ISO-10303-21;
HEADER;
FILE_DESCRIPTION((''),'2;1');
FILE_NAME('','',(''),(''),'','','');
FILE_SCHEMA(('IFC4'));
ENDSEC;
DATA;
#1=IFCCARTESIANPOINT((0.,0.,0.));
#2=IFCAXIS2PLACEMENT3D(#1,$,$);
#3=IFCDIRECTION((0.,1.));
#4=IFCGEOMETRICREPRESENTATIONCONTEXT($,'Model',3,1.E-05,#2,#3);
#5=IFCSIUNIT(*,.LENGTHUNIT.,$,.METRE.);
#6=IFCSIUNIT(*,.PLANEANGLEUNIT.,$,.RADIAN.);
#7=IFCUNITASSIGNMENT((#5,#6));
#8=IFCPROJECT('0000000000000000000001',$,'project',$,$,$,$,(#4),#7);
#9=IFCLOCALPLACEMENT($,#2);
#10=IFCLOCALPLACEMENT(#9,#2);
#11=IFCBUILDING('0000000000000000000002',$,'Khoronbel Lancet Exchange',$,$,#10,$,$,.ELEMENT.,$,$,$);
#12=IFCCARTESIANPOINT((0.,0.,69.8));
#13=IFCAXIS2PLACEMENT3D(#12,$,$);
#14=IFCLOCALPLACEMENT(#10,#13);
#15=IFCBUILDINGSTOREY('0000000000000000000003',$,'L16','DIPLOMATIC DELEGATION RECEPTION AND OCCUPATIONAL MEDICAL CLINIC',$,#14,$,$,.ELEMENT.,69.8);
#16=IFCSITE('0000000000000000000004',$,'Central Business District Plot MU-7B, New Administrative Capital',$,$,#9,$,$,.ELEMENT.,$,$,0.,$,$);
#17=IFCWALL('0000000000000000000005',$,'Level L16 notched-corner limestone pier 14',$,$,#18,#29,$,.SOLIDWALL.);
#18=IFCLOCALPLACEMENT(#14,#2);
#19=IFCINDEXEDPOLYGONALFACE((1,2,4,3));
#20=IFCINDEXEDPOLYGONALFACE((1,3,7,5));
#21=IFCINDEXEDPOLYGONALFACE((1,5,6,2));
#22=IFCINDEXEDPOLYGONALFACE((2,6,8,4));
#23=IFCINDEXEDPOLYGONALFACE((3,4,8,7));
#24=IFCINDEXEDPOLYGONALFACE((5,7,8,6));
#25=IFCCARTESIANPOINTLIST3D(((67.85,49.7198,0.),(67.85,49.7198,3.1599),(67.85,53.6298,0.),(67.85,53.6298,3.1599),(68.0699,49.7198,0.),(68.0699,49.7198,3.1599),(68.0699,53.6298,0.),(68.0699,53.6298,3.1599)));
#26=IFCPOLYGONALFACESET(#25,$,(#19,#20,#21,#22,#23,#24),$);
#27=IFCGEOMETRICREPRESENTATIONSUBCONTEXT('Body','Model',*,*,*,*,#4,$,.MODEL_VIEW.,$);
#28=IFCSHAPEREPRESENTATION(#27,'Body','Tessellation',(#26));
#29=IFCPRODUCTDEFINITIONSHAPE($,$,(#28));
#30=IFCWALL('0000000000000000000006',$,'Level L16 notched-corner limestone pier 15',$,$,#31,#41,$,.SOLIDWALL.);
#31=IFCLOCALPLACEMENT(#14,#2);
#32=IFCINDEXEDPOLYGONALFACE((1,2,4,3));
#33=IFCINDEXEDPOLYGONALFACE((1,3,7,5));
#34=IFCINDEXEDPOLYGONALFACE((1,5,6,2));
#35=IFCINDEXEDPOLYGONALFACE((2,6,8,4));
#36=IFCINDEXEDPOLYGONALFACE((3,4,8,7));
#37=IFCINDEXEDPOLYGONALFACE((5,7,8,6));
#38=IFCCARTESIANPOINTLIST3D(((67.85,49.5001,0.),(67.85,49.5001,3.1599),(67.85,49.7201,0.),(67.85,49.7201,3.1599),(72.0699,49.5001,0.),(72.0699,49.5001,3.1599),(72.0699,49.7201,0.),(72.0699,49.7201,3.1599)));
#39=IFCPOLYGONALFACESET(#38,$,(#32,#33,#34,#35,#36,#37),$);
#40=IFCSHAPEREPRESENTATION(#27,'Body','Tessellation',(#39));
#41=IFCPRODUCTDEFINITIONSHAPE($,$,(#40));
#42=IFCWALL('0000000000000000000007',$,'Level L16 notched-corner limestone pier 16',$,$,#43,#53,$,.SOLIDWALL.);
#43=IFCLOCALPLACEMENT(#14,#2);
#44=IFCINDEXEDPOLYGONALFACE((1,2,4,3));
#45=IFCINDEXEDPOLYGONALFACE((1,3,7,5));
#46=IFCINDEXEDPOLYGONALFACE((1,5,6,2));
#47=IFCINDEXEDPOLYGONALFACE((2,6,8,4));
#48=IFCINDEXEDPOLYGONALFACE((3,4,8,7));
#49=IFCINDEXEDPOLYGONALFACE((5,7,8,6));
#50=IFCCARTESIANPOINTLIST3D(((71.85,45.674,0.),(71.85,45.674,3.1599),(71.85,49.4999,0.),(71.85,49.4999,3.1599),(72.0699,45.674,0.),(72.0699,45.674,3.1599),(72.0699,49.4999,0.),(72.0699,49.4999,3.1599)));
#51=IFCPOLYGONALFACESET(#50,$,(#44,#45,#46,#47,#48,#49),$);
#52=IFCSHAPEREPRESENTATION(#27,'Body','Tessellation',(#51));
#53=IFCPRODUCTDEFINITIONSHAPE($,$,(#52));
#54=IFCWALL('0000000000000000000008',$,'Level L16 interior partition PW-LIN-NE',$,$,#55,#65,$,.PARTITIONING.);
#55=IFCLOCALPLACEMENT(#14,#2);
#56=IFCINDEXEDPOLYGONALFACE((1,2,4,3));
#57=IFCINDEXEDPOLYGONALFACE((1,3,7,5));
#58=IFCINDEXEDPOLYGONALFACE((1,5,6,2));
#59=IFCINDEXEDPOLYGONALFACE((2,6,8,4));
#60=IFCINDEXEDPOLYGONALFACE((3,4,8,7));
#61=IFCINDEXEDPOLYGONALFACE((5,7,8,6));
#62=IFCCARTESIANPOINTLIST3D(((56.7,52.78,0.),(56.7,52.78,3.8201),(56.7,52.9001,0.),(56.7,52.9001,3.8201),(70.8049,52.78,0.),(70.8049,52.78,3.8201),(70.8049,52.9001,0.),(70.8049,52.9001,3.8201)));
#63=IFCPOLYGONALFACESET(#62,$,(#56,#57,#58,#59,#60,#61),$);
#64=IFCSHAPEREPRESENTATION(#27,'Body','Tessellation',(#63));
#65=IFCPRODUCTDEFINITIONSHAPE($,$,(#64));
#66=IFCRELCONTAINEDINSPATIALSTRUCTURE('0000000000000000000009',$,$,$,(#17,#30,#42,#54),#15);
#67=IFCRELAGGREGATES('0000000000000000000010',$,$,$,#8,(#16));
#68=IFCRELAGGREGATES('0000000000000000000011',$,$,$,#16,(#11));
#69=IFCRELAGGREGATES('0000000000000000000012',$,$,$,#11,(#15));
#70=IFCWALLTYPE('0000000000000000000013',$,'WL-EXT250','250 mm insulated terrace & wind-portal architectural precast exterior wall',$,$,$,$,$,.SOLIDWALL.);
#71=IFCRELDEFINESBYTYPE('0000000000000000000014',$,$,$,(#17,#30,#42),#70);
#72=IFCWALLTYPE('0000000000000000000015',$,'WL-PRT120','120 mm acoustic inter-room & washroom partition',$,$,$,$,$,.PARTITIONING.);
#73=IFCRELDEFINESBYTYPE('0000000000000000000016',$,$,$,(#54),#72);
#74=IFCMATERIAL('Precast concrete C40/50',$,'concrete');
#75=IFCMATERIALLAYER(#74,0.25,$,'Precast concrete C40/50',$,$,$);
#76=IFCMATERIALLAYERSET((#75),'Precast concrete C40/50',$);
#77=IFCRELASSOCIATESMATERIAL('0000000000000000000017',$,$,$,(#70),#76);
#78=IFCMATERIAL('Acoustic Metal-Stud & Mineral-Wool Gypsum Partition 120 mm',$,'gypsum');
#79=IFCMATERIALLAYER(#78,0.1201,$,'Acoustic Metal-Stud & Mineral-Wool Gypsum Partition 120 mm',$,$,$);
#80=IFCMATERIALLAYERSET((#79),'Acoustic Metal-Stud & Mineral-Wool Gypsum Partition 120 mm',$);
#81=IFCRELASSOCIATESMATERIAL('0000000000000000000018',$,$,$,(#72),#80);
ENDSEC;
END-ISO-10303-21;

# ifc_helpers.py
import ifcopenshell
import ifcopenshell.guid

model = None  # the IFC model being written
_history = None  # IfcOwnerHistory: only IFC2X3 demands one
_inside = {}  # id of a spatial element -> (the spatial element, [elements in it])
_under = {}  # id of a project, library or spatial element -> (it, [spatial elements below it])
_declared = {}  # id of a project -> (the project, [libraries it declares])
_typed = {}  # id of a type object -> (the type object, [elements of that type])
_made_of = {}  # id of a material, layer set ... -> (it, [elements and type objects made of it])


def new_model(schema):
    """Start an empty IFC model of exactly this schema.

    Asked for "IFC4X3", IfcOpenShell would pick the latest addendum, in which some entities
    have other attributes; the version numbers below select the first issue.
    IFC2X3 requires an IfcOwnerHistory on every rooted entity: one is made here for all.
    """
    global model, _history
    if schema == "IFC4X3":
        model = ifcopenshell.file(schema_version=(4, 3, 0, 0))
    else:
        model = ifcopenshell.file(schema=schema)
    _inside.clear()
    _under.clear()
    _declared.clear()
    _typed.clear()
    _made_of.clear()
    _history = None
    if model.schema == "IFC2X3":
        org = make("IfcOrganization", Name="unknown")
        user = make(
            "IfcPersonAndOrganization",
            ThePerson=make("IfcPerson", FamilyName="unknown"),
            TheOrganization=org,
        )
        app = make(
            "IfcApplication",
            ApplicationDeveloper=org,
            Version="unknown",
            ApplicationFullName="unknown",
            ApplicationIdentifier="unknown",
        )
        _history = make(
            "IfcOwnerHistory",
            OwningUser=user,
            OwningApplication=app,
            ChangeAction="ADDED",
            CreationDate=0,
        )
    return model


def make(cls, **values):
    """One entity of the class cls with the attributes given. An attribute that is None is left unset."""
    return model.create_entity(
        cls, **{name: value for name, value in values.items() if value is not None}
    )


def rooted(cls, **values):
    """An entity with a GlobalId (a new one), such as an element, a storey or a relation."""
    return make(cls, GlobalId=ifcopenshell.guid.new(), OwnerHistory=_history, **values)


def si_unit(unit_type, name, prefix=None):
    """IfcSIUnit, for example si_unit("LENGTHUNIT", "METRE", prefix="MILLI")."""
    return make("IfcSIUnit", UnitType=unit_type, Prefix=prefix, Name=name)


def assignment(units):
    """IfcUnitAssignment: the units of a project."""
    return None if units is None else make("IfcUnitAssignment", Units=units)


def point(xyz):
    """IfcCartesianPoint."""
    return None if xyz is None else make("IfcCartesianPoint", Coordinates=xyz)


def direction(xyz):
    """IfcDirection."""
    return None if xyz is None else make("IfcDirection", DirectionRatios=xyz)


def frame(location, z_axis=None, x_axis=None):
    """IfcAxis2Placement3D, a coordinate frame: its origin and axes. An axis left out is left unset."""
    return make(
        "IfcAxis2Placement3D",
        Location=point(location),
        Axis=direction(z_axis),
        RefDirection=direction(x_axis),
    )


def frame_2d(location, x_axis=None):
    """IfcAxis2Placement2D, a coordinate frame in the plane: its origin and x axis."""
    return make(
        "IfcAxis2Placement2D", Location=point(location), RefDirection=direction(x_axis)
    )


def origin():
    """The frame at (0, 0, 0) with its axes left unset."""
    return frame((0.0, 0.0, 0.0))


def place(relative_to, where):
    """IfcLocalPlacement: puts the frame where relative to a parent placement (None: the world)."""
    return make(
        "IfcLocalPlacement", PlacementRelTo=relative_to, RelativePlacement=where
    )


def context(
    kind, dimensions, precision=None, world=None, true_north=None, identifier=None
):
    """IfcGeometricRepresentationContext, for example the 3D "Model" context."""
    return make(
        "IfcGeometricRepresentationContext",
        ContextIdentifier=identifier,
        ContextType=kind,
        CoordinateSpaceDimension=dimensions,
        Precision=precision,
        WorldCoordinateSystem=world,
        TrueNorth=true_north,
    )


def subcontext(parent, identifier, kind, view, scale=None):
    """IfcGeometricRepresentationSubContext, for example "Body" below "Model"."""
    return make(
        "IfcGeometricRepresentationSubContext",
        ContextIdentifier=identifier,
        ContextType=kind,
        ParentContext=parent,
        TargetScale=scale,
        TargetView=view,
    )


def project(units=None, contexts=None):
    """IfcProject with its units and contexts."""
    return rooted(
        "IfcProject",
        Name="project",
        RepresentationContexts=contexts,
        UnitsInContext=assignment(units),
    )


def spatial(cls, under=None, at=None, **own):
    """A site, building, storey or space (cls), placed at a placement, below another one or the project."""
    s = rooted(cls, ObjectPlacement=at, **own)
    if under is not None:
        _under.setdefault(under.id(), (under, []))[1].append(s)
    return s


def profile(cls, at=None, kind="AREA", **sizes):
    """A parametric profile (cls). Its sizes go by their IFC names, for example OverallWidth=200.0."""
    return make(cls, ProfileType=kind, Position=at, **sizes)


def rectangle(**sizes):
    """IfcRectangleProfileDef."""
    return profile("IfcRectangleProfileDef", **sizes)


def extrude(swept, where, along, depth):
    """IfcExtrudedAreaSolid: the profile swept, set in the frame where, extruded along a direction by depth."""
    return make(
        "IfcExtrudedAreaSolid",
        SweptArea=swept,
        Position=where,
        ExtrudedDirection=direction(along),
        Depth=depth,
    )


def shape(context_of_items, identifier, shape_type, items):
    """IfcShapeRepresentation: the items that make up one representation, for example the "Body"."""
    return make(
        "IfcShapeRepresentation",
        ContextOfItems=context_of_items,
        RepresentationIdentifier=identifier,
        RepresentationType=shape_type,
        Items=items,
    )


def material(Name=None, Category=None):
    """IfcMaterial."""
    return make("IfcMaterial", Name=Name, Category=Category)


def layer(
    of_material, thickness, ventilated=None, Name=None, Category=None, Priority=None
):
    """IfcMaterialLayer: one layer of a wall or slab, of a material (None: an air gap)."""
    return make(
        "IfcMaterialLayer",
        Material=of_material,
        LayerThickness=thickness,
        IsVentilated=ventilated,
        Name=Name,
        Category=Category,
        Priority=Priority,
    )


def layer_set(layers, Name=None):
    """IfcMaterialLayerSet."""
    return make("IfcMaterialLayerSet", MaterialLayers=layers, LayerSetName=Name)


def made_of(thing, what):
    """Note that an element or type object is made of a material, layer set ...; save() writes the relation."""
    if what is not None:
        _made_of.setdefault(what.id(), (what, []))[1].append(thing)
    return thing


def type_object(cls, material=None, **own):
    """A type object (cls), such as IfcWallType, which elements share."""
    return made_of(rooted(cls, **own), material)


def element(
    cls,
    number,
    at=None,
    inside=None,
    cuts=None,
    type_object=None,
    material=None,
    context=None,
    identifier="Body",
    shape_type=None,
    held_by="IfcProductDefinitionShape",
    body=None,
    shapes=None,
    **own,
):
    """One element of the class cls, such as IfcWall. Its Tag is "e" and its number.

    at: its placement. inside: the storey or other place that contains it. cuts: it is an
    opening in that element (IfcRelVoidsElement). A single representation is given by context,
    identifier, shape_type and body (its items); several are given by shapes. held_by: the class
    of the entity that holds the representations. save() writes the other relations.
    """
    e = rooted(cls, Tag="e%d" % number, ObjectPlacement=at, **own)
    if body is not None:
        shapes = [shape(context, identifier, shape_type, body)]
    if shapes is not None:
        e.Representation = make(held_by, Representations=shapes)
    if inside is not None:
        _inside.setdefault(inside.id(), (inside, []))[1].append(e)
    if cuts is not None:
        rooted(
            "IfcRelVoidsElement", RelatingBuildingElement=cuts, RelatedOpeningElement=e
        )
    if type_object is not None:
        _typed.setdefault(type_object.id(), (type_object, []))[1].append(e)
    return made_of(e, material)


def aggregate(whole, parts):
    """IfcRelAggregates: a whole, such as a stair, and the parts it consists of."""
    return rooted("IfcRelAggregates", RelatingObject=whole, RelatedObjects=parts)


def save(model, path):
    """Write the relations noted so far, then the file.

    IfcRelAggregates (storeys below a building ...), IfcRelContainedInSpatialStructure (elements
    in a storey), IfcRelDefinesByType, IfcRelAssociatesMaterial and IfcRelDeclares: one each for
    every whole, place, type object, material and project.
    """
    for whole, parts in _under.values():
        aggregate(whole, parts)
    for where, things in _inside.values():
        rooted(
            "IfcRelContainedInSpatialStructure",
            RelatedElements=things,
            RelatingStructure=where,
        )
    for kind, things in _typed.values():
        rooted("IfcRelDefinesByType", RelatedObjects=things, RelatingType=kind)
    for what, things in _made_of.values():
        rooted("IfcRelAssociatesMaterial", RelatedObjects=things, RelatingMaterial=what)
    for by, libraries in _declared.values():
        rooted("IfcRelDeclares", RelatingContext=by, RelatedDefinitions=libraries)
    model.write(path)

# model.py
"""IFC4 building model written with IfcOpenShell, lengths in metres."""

from ifc_helpers import new_model, si_unit, direction, frame, frame_2d, origin, place, context, subcontext, project, spatial, rectangle, extrude, material, layer, layer_set, type_object, element, save


model = new_model("IFC4")

# Units and contexts
model_context = context("Model", 3, precision=1e-05, world=origin(), true_north=direction((0.0, 1.0)))
body_context = subcontext(model_context, "Body", "Model", "MODEL_VIEW")
ifc_project = project(units=[si_unit("LENGTHUNIT", "METRE"), si_unit("PLANEANGLEUNIT", "RADIAN")], contexts=[model_context])

# Site, building, storey
site_placement = place(None, origin())
site = spatial("IfcSite", under=ifc_project, at=site_placement, Name="Central Business District Plot MU-7B, New Administrative Capital", CompositionType="ELEMENT", RefElevation=0.0)
building_placement = place(site_placement, origin())
building = spatial("IfcBuilding", under=site, at=building_placement, Name="Khoronbel Lancet Exchange", CompositionType="ELEMENT")
storey_placement = place(building_placement, frame((0.0, 0.0, 69.8)))
storey = spatial("IfcBuildingStorey", under=building, at=storey_placement, Name="L16", Description="DIPLOMATIC DELEGATION RECEPTION AND OCCUPATIONAL MEDICAL CLINIC", CompositionType="ELEMENT", Elevation=69.8)

# Walls
ifc_material_1 = material(Name="Precast concrete C40/50", Category="concrete")
ifc_layer_1 = layer(ifc_material_1, 0.25, Name="Precast concrete C40/50")
ifc_layer_set_1 = layer_set([ifc_layer_1], Name="Precast concrete C40/50")
wall_type_1 = type_object("IfcWallType", Name="WL-EXT250", Description="250 mm insulated terrace & wind-portal architectural precast exterior wall", PredefinedType="SOLIDWALL", material=ifc_layer_set_1)
wall_1_placement = place(storey_placement, frame((67.96, 53.6299, 0.0), z_axis=(0.0, 0.0, 1.0), x_axis=(0.0, -1.0, 0.0)))
element("IfcWall", 1, at=wall_1_placement, inside=storey, type_object=wall_type_1, Name="Level L16 notched-corner limestone pier 14", PredefinedType="SOLIDWALL", context=body_context, shape_type="SweptSolid", body=[
    extrude(rectangle(XDim=3.9099, YDim=0.22, at=frame_2d((1.9551, 0.0))), origin(), (0.0, 0.0, 1.0), 3.1599),
])
wall_2_placement = place(storey_placement, frame((67.8501, 49.6101, 0.0), z_axis=(0.0, 0.0, 1.0), x_axis=(1.0, 0.0, 0.0)))
element("IfcWall", 2, at=wall_2_placement, inside=storey, type_object=wall_type_1, Name="Level L16 notched-corner limestone pier 15", PredefinedType="SOLIDWALL", context=body_context, shape_type="SweptSolid", body=[
    extrude(rectangle(XDim=4.22, YDim=0.22, at=frame_2d((2.1099, 0.0))), origin(), (0.0, 0.0, 1.0), 3.1599),
])
wall_3_placement = place(storey_placement, frame((71.96, 49.5, 0.0), z_axis=(0.0, 0.0, 1.0), x_axis=(0.0, -1.0, 0.0)))
element("IfcWall", 3, at=wall_3_placement, inside=storey, type_object=wall_type_1, Name="Level L16 notched-corner limestone pier 16", PredefinedType="SOLIDWALL", context=body_context, shape_type="SweptSolid", body=[
    extrude(rectangle(XDim=3.8259, YDim=0.22, at=frame_2d((1.9131, 0.0))), origin(), (0.0, 0.0, 1.0), 3.1599),
])
ifc_material_2 = material(Name="Acoustic Metal-Stud & Mineral-Wool Gypsum Partition 120 mm", Category="gypsum")
ifc_layer_2 = layer(ifc_material_2, 0.1201, Name="Acoustic Metal-Stud & Mineral-Wool Gypsum Partition 120 mm")
ifc_layer_set_2 = layer_set([ifc_layer_2], Name="Acoustic Metal-Stud & Mineral-Wool Gypsum Partition 120 mm")
wall_type_2 = type_object("IfcWallType", Name="WL-PRT120", Description="120 mm acoustic inter-room & washroom partition", PredefinedType="PARTITIONING", material=ifc_layer_set_2)
wall_4_placement = place(storey_placement, frame((56.7, 52.8401, 0.0), z_axis=(0.0, 0.0, 1.0), x_axis=(1.0, 0.0, 0.0)))
element("IfcWall", 4, at=wall_4_placement, inside=storey, type_object=wall_type_2, Name="Level L16 interior partition PW-LIN-NE", PredefinedType="PARTITIONING", context=body_context, shape_type="SweptSolid", body=[
    extrude(rectangle(XDim=14.105, YDim=0.1201, at=frame_2d((7.0525, 0.0))), origin(), (0.0, 0.0, 1.0), 3.8201),
])

save(model, "model.ifc")
